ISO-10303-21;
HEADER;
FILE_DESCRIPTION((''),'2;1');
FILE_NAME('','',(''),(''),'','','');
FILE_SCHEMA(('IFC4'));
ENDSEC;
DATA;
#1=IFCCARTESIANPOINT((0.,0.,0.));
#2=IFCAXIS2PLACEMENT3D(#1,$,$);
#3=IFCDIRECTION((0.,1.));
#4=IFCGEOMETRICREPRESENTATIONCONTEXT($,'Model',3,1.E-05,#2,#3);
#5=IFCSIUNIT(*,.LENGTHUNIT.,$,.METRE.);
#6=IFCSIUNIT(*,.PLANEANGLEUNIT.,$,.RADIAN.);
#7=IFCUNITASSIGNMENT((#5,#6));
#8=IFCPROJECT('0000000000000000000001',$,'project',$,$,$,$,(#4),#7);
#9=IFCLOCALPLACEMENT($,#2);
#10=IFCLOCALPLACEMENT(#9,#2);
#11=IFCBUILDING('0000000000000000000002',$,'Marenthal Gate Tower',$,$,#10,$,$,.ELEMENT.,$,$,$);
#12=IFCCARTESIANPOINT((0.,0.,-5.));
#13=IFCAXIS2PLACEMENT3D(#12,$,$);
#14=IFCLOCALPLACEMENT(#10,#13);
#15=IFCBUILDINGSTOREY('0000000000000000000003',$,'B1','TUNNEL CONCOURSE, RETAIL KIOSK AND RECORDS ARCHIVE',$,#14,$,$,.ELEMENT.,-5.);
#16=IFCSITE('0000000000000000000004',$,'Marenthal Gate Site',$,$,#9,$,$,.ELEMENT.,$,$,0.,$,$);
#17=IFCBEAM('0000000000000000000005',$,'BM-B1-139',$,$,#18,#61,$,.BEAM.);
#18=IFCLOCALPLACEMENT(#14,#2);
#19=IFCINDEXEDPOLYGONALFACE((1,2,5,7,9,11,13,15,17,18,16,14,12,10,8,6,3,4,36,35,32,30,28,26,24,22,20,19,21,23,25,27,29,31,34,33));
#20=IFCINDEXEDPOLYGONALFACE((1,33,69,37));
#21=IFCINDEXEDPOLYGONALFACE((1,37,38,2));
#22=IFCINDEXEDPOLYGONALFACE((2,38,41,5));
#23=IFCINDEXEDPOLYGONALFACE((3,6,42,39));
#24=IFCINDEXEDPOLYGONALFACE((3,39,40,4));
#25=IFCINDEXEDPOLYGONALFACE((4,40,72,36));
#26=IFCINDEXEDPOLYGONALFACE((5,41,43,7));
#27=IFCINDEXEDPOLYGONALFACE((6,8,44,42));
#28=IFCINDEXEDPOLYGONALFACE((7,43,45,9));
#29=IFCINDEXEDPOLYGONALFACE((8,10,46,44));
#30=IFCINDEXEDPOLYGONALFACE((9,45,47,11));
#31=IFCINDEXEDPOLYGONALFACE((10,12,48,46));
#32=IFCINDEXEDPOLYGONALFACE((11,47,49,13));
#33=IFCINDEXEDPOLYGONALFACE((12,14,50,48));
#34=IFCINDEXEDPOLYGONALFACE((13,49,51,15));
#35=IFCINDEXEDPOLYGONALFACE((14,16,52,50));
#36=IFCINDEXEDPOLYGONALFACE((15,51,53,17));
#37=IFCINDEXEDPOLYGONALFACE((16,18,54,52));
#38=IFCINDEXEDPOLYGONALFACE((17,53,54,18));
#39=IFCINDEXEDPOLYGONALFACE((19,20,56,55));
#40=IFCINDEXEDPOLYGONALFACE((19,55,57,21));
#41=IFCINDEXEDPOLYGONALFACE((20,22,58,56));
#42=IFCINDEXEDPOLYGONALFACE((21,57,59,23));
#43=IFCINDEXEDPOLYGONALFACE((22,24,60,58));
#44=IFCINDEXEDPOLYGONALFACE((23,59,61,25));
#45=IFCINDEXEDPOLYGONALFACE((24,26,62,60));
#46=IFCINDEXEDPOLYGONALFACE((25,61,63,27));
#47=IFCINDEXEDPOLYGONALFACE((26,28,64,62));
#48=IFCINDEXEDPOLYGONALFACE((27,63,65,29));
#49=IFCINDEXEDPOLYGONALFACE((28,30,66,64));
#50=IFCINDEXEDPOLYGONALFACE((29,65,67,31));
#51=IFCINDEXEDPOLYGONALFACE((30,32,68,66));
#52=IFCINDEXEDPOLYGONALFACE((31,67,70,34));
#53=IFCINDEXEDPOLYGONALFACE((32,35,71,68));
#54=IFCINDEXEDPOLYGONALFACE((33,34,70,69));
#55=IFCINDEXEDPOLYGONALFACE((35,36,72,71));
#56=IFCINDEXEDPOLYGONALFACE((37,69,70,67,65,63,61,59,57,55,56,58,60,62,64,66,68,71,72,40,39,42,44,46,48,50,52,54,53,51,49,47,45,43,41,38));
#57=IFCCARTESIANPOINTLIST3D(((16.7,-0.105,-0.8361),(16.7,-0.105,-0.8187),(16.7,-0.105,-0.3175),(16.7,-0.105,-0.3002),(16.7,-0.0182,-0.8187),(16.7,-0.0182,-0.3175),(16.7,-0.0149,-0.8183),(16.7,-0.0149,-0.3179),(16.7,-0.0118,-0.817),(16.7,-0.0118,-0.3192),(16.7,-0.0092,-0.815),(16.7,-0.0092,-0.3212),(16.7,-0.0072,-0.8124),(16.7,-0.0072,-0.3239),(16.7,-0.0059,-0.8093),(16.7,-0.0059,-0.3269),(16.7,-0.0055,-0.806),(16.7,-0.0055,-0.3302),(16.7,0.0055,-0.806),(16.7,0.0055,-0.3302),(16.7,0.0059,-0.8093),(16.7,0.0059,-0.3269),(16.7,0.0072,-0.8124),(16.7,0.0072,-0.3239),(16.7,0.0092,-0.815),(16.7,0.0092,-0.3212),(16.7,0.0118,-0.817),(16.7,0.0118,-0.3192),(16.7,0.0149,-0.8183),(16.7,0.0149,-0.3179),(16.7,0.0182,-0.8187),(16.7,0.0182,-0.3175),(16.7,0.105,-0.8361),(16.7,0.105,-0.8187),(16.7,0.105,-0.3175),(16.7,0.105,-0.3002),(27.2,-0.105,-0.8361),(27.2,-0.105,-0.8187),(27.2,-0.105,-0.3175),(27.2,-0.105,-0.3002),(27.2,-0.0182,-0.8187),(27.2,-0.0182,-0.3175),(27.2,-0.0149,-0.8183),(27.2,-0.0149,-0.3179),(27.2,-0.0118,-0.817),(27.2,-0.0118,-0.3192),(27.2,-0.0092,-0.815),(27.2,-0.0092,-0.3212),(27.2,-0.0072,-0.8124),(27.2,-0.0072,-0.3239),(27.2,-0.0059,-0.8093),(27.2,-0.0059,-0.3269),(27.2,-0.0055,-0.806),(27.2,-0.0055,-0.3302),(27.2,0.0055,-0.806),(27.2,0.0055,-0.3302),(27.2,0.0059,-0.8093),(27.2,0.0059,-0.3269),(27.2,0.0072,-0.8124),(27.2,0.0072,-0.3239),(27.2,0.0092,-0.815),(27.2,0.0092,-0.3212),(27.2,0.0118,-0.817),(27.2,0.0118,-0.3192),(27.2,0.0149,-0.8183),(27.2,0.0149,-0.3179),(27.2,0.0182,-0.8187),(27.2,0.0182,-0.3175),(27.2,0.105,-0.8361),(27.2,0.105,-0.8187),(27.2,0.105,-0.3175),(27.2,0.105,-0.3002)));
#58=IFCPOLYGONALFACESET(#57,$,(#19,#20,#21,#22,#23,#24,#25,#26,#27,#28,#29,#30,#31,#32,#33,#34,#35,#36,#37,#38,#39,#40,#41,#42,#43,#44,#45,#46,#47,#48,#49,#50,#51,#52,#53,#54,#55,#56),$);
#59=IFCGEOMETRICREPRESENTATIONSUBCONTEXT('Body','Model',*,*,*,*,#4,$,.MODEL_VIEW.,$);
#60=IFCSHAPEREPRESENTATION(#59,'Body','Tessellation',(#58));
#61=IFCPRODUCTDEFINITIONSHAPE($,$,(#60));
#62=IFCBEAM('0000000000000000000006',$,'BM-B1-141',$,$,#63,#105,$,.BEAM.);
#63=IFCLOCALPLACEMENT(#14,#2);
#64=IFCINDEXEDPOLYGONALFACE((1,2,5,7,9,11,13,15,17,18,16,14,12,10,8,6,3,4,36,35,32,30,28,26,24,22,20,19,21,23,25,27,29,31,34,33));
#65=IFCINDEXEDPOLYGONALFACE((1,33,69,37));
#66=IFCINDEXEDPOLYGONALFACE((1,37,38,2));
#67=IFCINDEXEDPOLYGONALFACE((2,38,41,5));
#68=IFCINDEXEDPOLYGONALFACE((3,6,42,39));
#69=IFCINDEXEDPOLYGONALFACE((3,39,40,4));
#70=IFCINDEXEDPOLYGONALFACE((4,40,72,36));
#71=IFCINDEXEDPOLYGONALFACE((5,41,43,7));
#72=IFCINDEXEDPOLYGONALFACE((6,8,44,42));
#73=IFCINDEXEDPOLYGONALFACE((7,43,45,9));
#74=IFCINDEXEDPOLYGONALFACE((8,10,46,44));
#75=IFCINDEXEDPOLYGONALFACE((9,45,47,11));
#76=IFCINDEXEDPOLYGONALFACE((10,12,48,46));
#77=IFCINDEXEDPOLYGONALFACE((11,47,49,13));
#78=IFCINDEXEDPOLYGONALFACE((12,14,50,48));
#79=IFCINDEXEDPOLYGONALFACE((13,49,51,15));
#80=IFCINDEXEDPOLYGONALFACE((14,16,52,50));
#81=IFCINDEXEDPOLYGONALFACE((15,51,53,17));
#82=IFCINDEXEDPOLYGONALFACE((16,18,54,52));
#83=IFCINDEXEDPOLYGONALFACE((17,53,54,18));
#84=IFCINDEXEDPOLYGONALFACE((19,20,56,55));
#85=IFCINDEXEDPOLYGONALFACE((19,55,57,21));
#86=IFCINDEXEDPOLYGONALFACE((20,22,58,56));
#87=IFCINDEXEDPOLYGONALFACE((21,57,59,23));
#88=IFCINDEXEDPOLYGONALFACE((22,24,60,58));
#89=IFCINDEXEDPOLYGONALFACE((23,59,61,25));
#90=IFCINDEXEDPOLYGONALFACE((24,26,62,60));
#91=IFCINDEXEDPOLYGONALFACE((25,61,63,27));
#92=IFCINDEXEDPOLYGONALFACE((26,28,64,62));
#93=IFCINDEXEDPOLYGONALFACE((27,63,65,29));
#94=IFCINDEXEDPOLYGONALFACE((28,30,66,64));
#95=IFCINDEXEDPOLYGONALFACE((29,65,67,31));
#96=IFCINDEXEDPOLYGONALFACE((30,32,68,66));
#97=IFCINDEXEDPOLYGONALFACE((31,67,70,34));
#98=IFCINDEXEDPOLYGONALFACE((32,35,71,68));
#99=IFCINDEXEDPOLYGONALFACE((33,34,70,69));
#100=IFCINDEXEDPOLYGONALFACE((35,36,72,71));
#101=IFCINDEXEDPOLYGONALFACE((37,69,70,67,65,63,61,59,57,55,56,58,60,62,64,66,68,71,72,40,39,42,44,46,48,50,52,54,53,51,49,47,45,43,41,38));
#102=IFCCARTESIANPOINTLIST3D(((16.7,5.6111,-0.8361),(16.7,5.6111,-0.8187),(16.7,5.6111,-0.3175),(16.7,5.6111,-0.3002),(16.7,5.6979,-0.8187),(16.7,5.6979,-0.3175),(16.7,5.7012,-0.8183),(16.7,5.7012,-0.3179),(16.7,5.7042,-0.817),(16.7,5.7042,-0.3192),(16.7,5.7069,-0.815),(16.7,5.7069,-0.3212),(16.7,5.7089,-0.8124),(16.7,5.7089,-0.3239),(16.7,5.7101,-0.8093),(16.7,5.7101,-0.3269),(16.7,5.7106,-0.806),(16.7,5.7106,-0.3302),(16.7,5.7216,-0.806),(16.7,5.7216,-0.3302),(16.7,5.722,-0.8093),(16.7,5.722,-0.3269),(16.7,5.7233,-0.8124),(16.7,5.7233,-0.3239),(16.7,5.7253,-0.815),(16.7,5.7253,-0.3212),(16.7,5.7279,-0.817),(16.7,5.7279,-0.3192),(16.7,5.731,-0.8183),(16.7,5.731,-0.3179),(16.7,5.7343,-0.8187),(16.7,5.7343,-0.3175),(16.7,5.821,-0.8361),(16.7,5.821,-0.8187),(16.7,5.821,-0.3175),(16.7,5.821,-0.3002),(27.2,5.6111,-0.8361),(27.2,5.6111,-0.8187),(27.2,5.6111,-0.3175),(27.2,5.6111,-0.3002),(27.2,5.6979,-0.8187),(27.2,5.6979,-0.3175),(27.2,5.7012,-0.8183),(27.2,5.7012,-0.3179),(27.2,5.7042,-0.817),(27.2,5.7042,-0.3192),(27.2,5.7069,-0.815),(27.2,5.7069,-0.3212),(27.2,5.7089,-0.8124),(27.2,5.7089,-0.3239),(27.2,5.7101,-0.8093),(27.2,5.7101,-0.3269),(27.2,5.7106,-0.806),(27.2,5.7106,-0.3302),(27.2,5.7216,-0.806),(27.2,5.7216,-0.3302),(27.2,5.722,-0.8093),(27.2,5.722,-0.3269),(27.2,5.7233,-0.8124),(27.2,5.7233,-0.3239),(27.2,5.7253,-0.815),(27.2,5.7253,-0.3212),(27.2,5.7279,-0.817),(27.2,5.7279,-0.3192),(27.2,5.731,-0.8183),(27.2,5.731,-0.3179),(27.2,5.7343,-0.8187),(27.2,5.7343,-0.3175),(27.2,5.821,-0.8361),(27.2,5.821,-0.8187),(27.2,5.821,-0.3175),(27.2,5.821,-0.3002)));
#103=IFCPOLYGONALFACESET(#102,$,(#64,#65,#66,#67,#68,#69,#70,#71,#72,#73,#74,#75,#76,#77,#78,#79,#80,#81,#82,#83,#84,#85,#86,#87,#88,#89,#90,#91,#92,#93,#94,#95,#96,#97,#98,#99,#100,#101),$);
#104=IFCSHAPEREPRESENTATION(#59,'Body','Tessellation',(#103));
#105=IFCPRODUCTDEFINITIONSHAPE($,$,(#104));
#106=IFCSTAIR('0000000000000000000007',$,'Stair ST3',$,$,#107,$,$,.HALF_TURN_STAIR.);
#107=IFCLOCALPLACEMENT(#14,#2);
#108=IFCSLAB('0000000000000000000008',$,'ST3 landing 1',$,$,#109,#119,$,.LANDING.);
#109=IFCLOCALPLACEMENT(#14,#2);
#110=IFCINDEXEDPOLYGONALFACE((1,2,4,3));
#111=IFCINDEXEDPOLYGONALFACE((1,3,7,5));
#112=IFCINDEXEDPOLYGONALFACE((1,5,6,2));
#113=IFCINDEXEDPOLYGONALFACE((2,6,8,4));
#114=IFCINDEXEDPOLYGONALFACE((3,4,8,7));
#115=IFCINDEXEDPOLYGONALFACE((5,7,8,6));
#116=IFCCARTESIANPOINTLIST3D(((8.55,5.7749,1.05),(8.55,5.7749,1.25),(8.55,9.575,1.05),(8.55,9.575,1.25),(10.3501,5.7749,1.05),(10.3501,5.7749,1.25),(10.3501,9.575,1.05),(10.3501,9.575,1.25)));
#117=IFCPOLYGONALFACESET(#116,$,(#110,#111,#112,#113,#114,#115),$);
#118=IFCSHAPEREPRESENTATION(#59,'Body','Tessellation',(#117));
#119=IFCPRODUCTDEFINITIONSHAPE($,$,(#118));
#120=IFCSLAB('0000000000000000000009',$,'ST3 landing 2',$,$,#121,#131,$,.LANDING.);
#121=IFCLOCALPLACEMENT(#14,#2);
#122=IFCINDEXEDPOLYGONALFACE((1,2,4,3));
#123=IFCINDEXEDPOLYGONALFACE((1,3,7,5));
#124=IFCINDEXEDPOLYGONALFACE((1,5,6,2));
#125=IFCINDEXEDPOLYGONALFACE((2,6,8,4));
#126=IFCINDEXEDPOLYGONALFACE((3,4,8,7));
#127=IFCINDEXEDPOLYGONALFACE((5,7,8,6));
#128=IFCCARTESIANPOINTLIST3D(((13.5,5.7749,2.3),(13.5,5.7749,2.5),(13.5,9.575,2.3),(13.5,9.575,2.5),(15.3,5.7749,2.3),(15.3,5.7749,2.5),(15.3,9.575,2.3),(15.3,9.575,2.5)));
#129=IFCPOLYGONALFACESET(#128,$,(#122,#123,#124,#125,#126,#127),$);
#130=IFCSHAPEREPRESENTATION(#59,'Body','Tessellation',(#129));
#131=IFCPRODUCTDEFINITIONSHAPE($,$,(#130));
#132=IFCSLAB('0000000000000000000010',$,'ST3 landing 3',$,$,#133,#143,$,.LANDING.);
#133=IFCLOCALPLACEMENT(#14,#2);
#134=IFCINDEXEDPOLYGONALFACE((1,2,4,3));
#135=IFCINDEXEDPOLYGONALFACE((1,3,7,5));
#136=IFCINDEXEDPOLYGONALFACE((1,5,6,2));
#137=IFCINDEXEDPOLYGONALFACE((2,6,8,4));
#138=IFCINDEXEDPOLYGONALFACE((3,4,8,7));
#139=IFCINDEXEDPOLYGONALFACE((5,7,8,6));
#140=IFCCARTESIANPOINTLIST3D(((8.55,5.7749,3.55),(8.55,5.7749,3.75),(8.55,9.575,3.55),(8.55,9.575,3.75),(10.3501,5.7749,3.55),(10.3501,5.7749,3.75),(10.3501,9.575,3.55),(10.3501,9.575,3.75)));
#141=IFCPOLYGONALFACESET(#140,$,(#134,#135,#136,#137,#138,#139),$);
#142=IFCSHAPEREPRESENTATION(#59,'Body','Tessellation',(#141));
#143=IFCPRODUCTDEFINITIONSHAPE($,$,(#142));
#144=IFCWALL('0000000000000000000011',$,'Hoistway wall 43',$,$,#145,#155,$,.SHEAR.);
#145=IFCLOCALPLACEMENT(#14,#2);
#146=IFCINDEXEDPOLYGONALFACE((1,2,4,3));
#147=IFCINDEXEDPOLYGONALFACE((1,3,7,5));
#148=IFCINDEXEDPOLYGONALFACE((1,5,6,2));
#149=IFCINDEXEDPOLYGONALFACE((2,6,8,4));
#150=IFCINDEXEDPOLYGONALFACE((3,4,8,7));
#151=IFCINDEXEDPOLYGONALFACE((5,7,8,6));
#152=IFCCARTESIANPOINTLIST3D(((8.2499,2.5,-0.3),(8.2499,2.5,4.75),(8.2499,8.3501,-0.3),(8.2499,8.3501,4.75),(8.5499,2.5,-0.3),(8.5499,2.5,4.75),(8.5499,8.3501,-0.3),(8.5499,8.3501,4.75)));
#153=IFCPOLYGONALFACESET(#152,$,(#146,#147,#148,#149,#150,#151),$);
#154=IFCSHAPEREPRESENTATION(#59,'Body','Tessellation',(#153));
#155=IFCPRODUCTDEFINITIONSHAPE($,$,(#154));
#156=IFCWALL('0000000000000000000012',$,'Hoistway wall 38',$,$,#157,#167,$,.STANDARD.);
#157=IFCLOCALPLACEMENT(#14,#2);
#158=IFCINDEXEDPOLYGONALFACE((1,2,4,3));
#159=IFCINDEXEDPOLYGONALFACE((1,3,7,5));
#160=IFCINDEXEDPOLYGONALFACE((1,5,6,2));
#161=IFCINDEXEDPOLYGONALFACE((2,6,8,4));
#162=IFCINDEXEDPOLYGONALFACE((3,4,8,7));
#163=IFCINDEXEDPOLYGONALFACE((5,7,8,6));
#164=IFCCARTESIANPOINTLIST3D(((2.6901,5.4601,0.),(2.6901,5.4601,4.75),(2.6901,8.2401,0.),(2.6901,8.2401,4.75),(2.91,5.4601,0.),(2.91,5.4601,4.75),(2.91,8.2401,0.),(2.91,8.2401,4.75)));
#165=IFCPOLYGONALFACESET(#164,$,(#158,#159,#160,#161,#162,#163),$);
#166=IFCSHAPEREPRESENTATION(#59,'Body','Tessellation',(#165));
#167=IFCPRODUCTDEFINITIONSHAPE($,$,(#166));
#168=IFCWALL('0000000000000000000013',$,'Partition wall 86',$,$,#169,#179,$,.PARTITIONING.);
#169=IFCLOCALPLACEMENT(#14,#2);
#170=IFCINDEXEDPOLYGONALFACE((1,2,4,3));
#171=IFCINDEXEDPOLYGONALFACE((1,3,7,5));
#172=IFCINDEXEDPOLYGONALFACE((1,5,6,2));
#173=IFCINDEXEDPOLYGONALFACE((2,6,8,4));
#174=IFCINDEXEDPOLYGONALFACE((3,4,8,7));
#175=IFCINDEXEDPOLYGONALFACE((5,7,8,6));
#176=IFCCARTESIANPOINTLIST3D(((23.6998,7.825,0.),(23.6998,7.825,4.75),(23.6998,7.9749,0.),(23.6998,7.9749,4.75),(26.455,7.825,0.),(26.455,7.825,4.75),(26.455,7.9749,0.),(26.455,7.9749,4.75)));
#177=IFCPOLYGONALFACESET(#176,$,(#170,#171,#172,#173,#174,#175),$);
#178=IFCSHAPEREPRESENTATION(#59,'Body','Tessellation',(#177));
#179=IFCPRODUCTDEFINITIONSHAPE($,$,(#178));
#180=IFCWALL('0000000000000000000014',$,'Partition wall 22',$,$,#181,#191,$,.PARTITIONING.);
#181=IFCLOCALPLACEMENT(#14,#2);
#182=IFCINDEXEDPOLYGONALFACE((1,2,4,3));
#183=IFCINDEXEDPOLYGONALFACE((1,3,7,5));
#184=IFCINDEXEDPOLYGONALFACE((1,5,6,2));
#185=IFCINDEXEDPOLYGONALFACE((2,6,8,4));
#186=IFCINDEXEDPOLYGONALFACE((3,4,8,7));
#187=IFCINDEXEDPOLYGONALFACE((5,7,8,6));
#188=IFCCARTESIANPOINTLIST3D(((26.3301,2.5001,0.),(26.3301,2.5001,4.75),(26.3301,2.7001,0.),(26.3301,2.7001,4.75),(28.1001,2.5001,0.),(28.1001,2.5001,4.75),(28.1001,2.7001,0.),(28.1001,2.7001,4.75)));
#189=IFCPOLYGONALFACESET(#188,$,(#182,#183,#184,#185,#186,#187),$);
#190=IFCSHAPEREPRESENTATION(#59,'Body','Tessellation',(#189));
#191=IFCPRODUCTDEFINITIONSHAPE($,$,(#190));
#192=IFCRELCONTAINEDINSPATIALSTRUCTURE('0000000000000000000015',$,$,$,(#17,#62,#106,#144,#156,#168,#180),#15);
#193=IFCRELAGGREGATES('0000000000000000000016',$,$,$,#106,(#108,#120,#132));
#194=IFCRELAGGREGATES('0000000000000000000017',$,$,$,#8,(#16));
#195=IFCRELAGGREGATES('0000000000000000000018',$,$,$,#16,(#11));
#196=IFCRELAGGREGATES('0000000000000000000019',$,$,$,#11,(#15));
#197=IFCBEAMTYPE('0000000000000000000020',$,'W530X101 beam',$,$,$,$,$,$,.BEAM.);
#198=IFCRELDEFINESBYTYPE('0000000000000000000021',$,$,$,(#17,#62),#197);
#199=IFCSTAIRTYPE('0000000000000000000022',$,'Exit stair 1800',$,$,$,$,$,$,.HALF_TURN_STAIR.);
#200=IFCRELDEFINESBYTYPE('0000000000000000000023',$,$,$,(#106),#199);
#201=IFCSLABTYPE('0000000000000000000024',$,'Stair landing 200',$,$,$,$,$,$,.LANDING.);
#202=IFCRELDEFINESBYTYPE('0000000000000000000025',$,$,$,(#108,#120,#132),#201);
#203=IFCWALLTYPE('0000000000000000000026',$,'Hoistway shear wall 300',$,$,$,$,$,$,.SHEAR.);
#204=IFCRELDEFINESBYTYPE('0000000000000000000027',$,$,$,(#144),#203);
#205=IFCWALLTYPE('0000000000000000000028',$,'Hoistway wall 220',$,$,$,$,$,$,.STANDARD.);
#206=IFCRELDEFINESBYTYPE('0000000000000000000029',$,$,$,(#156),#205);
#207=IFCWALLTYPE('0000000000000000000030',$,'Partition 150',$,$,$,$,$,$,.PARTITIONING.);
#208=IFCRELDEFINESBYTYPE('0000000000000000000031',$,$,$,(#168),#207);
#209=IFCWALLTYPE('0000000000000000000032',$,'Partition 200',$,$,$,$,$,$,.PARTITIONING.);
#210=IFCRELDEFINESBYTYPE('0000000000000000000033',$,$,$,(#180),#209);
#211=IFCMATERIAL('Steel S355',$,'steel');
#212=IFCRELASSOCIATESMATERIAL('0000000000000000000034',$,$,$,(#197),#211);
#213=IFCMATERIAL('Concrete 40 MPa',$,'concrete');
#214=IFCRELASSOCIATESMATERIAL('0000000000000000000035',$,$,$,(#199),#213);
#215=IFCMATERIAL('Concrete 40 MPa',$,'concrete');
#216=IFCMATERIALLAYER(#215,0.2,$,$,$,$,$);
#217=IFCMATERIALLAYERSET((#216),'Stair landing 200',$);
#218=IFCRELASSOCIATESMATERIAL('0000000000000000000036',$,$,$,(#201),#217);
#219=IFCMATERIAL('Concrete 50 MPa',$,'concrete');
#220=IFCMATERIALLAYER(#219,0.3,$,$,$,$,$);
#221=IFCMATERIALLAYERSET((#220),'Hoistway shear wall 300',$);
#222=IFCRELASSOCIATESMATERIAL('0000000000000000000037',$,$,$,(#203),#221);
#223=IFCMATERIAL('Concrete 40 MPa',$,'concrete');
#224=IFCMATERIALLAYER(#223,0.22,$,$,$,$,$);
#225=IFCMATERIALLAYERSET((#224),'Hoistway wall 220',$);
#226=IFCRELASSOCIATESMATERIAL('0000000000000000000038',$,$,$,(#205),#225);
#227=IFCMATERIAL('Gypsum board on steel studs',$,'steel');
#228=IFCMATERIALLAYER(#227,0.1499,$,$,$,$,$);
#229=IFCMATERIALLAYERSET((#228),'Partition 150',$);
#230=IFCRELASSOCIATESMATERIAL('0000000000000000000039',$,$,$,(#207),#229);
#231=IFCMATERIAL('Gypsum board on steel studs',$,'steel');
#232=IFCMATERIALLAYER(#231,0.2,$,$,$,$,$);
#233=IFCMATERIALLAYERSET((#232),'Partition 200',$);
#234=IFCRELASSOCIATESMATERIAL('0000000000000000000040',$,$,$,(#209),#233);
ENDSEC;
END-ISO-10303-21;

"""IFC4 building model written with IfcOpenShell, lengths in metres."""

from ifc_helpers import new_model, si_unit, direction, frame, frame_2d, origin, origin_2d, place, context, subcontext, project, spatial, polyline, rectangle, i_section, outline, extrude, material, layer, layer_set, material_profile, profile_set, type_object, element, aggregate, save


model = new_model("IFC4")

# Units and contexts
model_context = context("Model", 3, precision=1e-05, world=origin(), true_north=direction((0.0, 1.0)))
body_context = subcontext(model_context, "Body", "Model", "MODEL_VIEW")
ifc_project = project(units=[si_unit("LENGTHUNIT", "METRE"), si_unit("PLANEANGLEUNIT", "RADIAN")], contexts=[model_context])

# Site, building, storey
site_placement = place(None, origin())
site = spatial("IfcSite", under=ifc_project, at=site_placement, Name="Marenthal Gate Site", CompositionType="ELEMENT", RefElevation=0.0)
building_placement = place(site_placement, origin())
building = spatial("IfcBuilding", under=site, at=building_placement, Name="Marenthal Gate Tower", CompositionType="ELEMENT")
storey_placement = place(building_placement, frame((0.0, 0.0, -5.0)))
storey = spatial("IfcBuildingStorey", under=building, at=storey_placement, Name="B1", Description="TUNNEL CONCOURSE, RETAIL KIOSK AND RECORDS ARCHIVE", CompositionType="ELEMENT", Elevation=-5.0)

# Beams
ifc_material_1 = material(Name="Steel S355", Category="steel")
ifc_material_profile = material_profile(ifc_material_1, i_section(OverallWidth=0.21, OverallDepth=0.5359, WebThickness=0.011, FlangeThickness=0.0173, FilletRadius=0.0127, at=origin_2d()), Name="W530X101")
ifc_profile_set = profile_set([ifc_material_profile], Name="Steel S355")
beam_type = type_object("IfcBeamType", Name="W530X101 beam", PredefinedType="BEAM", material=ifc_profile_set)
for number, where, z_axis, x_axis, name in (
    (1, (16.7, 0.0, -0.5681), (1.0, 0.0, 0.0), (0.0, 1.0, 0.0), "BM-B1-139"),
    (2, (16.7, 5.7161, -0.5681), (1.0, 0.0, 0.0), (0.0, 1.0, 0.0), "BM-B1-141"),
):
    element("IfcBeam", number, at=place(storey_placement, frame(where, z_axis=z_axis, x_axis=x_axis)), inside=storey, type_object=beam_type, Name=name, PredefinedType="BEAM", context=body_context, shape_type="SweptSolid", body=[
        extrude(i_section(OverallWidth=0.21, OverallDepth=0.5359, WebThickness=0.011, FlangeThickness=0.0173, FilletRadius=0.0127, at=origin_2d()), origin(), (0.0, 0.0, 1.0), 10.5),
    ])

# Stair, slabs
ifc_material_2 = material(Name="Concrete 40 MPa", Category="concrete")
stair_type = type_object("IfcStairType", Name="Exit stair 1800", PredefinedType="HALF_TURN_STAIR", material=ifc_material_2)
stair_placement = place(storey_placement, origin())
stair = element("IfcStair", 3, at=stair_placement, inside=storey, type_object=stair_type, Name="Stair ST3", PredefinedType="HALF_TURN_STAIR")
ifc_material_3 = material(Name="Concrete 40 MPa", Category="concrete")
ifc_layer_1 = layer(ifc_material_3, 0.2)
ifc_layer_set_1 = layer_set([ifc_layer_1], Name="Stair landing 200")
slab_type = type_object("IfcSlabType", Name="Stair landing 200", PredefinedType="LANDING", material=ifc_layer_set_1)
slab_1_placement = place(storey_placement, frame((0.0, 0.0, 1.05)))
slab_1 = element("IfcSlab", 4, at=slab_1_placement, type_object=slab_type, Name="ST3 landing 1", PredefinedType="LANDING", context=body_context, shape_type="SweptSolid", body=[
    extrude(outline(polyline([(8.55, 5.7749), (10.3501, 5.7749), (10.3501, 9.575), (8.55, 9.575), (8.55, 5.7749)])), origin(), (0.0, 0.0, 1.0), 0.2),
])
slab_2_placement = place(storey_placement, frame((0.0, 0.0, 2.3)))
slab_2 = element("IfcSlab", 5, at=slab_2_placement, type_object=slab_type, Name="ST3 landing 2", PredefinedType="LANDING", context=body_context, shape_type="SweptSolid", body=[
    extrude(outline(polyline([(13.5, 5.7749), (15.3, 5.7749), (15.3, 9.575), (13.5, 9.575), (13.5, 5.7749)])), origin(), (0.0, 0.0, 1.0), 0.2),
])
slab_3_placement = place(storey_placement, frame((0.0, 0.0, 3.55)))
slab_3 = element("IfcSlab", 6, at=slab_3_placement, type_object=slab_type, Name="ST3 landing 3", PredefinedType="LANDING", context=body_context, shape_type="SweptSolid", body=[
    extrude(outline(polyline([(8.55, 5.7749), (10.3501, 5.7749), (10.3501, 9.575), (8.55, 9.575), (8.55, 5.7749)])), origin(), (0.0, 0.0, 1.0), 0.2),
])

# Walls
ifc_material_4 = material(Name="Concrete 50 MPa", Category="concrete")
ifc_layer_2 = layer(ifc_material_4, 0.3)
ifc_layer_set_2 = layer_set([ifc_layer_2], Name="Hoistway shear wall 300")
wall_type_1 = type_object("IfcWallType", Name="Hoistway shear wall 300", PredefinedType="SHEAR", material=ifc_layer_set_2)
wall_1_placement = place(storey_placement, frame((8.3999, 2.5, -0.3), z_axis=(0.0, 0.0, 1.0), x_axis=(0.0, 1.0, 0.0)))
element("IfcWall", 7, at=wall_1_placement, inside=storey, type_object=wall_type_1, Name="Hoistway wall 43", PredefinedType="SHEAR", context=body_context, shape_type="SweptSolid", body=[
    extrude(rectangle(XDim=5.8501, YDim=0.3, at=frame_2d((2.925, 0.0))), origin(), (0.0, 0.0, 1.0), 5.05),
])
ifc_material_5 = material(Name="Concrete 40 MPa", Category="concrete")
ifc_layer_3 = layer(ifc_material_5, 0.22)
ifc_layer_set_3 = layer_set([ifc_layer_3], Name="Hoistway wall 220")
wall_type_2 = type_object("IfcWallType", Name="Hoistway wall 220", PredefinedType="STANDARD", material=ifc_layer_set_3)
wall_2_placement = place(storey_placement, frame((2.8, 5.46, 0.0), z_axis=(0.0, 0.0, 1.0), x_axis=(0.0, 1.0, 0.0)))
element("IfcWall", 8, at=wall_2_placement, inside=storey, type_object=wall_type_2, Name="Hoistway wall 38", PredefinedType="STANDARD", context=body_context, shape_type="SweptSolid", body=[
    extrude(rectangle(XDim=2.78, YDim=0.22, at=frame_2d((1.3901, 0.0))), origin(), (0.0, 0.0, 1.0), 4.75),
])
ifc_material_6 = material(Name="Gypsum board on steel studs", Category="steel")
ifc_layer_4 = layer(ifc_material_6, 0.1499)
ifc_layer_set_4 = layer_set([ifc_layer_4], Name="Partition 150")
wall_type_3 = type_object("IfcWallType", Name="Partition 150", PredefinedType="PARTITIONING", material=ifc_layer_set_4)
wall_3_placement = place(storey_placement, frame((23.7, 7.8999, 0.0), z_axis=(0.0, 0.0, 1.0), x_axis=(1.0, 0.0, 0.0)))
element("IfcWall", 9, at=wall_3_placement, inside=storey, type_object=wall_type_3, Name="Partition wall 86", PredefinedType="PARTITIONING", context=body_context, shape_type="SweptSolid", body=[
    extrude(rectangle(XDim=2.7551, YDim=0.1499, at=frame_2d((1.3774, 0.0))), origin(), (0.0, 0.0, 1.0), 4.75),
])
ifc_material_7 = material(Name="Gypsum board on steel studs", Category="steel")
ifc_layer_5 = layer(ifc_material_7, 0.2)
ifc_layer_set_5 = layer_set([ifc_layer_5], Name="Partition 200")
wall_type_4 = type_object("IfcWallType", Name="Partition 200", PredefinedType="PARTITIONING", material=ifc_layer_set_5)
wall_4_placement = place(storey_placement, frame((26.3301, 2.6001, 0.0), z_axis=(0.0, 0.0, 1.0), x_axis=(1.0, 0.0, 0.0)))
element("IfcWall", 10, at=wall_4_placement, inside=storey, type_object=wall_type_4, Name="Partition wall 22", PredefinedType="PARTITIONING", context=body_context, shape_type="SweptSolid", body=[
    extrude(rectangle(XDim=1.77, YDim=0.2, at=frame_2d((0.885, 0.0))), origin(), (0.0, 0.0, 1.0), 4.75),
])

aggregate(stair, [slab_1, slab_2, slab_3])

save(model, "model.ifc")
